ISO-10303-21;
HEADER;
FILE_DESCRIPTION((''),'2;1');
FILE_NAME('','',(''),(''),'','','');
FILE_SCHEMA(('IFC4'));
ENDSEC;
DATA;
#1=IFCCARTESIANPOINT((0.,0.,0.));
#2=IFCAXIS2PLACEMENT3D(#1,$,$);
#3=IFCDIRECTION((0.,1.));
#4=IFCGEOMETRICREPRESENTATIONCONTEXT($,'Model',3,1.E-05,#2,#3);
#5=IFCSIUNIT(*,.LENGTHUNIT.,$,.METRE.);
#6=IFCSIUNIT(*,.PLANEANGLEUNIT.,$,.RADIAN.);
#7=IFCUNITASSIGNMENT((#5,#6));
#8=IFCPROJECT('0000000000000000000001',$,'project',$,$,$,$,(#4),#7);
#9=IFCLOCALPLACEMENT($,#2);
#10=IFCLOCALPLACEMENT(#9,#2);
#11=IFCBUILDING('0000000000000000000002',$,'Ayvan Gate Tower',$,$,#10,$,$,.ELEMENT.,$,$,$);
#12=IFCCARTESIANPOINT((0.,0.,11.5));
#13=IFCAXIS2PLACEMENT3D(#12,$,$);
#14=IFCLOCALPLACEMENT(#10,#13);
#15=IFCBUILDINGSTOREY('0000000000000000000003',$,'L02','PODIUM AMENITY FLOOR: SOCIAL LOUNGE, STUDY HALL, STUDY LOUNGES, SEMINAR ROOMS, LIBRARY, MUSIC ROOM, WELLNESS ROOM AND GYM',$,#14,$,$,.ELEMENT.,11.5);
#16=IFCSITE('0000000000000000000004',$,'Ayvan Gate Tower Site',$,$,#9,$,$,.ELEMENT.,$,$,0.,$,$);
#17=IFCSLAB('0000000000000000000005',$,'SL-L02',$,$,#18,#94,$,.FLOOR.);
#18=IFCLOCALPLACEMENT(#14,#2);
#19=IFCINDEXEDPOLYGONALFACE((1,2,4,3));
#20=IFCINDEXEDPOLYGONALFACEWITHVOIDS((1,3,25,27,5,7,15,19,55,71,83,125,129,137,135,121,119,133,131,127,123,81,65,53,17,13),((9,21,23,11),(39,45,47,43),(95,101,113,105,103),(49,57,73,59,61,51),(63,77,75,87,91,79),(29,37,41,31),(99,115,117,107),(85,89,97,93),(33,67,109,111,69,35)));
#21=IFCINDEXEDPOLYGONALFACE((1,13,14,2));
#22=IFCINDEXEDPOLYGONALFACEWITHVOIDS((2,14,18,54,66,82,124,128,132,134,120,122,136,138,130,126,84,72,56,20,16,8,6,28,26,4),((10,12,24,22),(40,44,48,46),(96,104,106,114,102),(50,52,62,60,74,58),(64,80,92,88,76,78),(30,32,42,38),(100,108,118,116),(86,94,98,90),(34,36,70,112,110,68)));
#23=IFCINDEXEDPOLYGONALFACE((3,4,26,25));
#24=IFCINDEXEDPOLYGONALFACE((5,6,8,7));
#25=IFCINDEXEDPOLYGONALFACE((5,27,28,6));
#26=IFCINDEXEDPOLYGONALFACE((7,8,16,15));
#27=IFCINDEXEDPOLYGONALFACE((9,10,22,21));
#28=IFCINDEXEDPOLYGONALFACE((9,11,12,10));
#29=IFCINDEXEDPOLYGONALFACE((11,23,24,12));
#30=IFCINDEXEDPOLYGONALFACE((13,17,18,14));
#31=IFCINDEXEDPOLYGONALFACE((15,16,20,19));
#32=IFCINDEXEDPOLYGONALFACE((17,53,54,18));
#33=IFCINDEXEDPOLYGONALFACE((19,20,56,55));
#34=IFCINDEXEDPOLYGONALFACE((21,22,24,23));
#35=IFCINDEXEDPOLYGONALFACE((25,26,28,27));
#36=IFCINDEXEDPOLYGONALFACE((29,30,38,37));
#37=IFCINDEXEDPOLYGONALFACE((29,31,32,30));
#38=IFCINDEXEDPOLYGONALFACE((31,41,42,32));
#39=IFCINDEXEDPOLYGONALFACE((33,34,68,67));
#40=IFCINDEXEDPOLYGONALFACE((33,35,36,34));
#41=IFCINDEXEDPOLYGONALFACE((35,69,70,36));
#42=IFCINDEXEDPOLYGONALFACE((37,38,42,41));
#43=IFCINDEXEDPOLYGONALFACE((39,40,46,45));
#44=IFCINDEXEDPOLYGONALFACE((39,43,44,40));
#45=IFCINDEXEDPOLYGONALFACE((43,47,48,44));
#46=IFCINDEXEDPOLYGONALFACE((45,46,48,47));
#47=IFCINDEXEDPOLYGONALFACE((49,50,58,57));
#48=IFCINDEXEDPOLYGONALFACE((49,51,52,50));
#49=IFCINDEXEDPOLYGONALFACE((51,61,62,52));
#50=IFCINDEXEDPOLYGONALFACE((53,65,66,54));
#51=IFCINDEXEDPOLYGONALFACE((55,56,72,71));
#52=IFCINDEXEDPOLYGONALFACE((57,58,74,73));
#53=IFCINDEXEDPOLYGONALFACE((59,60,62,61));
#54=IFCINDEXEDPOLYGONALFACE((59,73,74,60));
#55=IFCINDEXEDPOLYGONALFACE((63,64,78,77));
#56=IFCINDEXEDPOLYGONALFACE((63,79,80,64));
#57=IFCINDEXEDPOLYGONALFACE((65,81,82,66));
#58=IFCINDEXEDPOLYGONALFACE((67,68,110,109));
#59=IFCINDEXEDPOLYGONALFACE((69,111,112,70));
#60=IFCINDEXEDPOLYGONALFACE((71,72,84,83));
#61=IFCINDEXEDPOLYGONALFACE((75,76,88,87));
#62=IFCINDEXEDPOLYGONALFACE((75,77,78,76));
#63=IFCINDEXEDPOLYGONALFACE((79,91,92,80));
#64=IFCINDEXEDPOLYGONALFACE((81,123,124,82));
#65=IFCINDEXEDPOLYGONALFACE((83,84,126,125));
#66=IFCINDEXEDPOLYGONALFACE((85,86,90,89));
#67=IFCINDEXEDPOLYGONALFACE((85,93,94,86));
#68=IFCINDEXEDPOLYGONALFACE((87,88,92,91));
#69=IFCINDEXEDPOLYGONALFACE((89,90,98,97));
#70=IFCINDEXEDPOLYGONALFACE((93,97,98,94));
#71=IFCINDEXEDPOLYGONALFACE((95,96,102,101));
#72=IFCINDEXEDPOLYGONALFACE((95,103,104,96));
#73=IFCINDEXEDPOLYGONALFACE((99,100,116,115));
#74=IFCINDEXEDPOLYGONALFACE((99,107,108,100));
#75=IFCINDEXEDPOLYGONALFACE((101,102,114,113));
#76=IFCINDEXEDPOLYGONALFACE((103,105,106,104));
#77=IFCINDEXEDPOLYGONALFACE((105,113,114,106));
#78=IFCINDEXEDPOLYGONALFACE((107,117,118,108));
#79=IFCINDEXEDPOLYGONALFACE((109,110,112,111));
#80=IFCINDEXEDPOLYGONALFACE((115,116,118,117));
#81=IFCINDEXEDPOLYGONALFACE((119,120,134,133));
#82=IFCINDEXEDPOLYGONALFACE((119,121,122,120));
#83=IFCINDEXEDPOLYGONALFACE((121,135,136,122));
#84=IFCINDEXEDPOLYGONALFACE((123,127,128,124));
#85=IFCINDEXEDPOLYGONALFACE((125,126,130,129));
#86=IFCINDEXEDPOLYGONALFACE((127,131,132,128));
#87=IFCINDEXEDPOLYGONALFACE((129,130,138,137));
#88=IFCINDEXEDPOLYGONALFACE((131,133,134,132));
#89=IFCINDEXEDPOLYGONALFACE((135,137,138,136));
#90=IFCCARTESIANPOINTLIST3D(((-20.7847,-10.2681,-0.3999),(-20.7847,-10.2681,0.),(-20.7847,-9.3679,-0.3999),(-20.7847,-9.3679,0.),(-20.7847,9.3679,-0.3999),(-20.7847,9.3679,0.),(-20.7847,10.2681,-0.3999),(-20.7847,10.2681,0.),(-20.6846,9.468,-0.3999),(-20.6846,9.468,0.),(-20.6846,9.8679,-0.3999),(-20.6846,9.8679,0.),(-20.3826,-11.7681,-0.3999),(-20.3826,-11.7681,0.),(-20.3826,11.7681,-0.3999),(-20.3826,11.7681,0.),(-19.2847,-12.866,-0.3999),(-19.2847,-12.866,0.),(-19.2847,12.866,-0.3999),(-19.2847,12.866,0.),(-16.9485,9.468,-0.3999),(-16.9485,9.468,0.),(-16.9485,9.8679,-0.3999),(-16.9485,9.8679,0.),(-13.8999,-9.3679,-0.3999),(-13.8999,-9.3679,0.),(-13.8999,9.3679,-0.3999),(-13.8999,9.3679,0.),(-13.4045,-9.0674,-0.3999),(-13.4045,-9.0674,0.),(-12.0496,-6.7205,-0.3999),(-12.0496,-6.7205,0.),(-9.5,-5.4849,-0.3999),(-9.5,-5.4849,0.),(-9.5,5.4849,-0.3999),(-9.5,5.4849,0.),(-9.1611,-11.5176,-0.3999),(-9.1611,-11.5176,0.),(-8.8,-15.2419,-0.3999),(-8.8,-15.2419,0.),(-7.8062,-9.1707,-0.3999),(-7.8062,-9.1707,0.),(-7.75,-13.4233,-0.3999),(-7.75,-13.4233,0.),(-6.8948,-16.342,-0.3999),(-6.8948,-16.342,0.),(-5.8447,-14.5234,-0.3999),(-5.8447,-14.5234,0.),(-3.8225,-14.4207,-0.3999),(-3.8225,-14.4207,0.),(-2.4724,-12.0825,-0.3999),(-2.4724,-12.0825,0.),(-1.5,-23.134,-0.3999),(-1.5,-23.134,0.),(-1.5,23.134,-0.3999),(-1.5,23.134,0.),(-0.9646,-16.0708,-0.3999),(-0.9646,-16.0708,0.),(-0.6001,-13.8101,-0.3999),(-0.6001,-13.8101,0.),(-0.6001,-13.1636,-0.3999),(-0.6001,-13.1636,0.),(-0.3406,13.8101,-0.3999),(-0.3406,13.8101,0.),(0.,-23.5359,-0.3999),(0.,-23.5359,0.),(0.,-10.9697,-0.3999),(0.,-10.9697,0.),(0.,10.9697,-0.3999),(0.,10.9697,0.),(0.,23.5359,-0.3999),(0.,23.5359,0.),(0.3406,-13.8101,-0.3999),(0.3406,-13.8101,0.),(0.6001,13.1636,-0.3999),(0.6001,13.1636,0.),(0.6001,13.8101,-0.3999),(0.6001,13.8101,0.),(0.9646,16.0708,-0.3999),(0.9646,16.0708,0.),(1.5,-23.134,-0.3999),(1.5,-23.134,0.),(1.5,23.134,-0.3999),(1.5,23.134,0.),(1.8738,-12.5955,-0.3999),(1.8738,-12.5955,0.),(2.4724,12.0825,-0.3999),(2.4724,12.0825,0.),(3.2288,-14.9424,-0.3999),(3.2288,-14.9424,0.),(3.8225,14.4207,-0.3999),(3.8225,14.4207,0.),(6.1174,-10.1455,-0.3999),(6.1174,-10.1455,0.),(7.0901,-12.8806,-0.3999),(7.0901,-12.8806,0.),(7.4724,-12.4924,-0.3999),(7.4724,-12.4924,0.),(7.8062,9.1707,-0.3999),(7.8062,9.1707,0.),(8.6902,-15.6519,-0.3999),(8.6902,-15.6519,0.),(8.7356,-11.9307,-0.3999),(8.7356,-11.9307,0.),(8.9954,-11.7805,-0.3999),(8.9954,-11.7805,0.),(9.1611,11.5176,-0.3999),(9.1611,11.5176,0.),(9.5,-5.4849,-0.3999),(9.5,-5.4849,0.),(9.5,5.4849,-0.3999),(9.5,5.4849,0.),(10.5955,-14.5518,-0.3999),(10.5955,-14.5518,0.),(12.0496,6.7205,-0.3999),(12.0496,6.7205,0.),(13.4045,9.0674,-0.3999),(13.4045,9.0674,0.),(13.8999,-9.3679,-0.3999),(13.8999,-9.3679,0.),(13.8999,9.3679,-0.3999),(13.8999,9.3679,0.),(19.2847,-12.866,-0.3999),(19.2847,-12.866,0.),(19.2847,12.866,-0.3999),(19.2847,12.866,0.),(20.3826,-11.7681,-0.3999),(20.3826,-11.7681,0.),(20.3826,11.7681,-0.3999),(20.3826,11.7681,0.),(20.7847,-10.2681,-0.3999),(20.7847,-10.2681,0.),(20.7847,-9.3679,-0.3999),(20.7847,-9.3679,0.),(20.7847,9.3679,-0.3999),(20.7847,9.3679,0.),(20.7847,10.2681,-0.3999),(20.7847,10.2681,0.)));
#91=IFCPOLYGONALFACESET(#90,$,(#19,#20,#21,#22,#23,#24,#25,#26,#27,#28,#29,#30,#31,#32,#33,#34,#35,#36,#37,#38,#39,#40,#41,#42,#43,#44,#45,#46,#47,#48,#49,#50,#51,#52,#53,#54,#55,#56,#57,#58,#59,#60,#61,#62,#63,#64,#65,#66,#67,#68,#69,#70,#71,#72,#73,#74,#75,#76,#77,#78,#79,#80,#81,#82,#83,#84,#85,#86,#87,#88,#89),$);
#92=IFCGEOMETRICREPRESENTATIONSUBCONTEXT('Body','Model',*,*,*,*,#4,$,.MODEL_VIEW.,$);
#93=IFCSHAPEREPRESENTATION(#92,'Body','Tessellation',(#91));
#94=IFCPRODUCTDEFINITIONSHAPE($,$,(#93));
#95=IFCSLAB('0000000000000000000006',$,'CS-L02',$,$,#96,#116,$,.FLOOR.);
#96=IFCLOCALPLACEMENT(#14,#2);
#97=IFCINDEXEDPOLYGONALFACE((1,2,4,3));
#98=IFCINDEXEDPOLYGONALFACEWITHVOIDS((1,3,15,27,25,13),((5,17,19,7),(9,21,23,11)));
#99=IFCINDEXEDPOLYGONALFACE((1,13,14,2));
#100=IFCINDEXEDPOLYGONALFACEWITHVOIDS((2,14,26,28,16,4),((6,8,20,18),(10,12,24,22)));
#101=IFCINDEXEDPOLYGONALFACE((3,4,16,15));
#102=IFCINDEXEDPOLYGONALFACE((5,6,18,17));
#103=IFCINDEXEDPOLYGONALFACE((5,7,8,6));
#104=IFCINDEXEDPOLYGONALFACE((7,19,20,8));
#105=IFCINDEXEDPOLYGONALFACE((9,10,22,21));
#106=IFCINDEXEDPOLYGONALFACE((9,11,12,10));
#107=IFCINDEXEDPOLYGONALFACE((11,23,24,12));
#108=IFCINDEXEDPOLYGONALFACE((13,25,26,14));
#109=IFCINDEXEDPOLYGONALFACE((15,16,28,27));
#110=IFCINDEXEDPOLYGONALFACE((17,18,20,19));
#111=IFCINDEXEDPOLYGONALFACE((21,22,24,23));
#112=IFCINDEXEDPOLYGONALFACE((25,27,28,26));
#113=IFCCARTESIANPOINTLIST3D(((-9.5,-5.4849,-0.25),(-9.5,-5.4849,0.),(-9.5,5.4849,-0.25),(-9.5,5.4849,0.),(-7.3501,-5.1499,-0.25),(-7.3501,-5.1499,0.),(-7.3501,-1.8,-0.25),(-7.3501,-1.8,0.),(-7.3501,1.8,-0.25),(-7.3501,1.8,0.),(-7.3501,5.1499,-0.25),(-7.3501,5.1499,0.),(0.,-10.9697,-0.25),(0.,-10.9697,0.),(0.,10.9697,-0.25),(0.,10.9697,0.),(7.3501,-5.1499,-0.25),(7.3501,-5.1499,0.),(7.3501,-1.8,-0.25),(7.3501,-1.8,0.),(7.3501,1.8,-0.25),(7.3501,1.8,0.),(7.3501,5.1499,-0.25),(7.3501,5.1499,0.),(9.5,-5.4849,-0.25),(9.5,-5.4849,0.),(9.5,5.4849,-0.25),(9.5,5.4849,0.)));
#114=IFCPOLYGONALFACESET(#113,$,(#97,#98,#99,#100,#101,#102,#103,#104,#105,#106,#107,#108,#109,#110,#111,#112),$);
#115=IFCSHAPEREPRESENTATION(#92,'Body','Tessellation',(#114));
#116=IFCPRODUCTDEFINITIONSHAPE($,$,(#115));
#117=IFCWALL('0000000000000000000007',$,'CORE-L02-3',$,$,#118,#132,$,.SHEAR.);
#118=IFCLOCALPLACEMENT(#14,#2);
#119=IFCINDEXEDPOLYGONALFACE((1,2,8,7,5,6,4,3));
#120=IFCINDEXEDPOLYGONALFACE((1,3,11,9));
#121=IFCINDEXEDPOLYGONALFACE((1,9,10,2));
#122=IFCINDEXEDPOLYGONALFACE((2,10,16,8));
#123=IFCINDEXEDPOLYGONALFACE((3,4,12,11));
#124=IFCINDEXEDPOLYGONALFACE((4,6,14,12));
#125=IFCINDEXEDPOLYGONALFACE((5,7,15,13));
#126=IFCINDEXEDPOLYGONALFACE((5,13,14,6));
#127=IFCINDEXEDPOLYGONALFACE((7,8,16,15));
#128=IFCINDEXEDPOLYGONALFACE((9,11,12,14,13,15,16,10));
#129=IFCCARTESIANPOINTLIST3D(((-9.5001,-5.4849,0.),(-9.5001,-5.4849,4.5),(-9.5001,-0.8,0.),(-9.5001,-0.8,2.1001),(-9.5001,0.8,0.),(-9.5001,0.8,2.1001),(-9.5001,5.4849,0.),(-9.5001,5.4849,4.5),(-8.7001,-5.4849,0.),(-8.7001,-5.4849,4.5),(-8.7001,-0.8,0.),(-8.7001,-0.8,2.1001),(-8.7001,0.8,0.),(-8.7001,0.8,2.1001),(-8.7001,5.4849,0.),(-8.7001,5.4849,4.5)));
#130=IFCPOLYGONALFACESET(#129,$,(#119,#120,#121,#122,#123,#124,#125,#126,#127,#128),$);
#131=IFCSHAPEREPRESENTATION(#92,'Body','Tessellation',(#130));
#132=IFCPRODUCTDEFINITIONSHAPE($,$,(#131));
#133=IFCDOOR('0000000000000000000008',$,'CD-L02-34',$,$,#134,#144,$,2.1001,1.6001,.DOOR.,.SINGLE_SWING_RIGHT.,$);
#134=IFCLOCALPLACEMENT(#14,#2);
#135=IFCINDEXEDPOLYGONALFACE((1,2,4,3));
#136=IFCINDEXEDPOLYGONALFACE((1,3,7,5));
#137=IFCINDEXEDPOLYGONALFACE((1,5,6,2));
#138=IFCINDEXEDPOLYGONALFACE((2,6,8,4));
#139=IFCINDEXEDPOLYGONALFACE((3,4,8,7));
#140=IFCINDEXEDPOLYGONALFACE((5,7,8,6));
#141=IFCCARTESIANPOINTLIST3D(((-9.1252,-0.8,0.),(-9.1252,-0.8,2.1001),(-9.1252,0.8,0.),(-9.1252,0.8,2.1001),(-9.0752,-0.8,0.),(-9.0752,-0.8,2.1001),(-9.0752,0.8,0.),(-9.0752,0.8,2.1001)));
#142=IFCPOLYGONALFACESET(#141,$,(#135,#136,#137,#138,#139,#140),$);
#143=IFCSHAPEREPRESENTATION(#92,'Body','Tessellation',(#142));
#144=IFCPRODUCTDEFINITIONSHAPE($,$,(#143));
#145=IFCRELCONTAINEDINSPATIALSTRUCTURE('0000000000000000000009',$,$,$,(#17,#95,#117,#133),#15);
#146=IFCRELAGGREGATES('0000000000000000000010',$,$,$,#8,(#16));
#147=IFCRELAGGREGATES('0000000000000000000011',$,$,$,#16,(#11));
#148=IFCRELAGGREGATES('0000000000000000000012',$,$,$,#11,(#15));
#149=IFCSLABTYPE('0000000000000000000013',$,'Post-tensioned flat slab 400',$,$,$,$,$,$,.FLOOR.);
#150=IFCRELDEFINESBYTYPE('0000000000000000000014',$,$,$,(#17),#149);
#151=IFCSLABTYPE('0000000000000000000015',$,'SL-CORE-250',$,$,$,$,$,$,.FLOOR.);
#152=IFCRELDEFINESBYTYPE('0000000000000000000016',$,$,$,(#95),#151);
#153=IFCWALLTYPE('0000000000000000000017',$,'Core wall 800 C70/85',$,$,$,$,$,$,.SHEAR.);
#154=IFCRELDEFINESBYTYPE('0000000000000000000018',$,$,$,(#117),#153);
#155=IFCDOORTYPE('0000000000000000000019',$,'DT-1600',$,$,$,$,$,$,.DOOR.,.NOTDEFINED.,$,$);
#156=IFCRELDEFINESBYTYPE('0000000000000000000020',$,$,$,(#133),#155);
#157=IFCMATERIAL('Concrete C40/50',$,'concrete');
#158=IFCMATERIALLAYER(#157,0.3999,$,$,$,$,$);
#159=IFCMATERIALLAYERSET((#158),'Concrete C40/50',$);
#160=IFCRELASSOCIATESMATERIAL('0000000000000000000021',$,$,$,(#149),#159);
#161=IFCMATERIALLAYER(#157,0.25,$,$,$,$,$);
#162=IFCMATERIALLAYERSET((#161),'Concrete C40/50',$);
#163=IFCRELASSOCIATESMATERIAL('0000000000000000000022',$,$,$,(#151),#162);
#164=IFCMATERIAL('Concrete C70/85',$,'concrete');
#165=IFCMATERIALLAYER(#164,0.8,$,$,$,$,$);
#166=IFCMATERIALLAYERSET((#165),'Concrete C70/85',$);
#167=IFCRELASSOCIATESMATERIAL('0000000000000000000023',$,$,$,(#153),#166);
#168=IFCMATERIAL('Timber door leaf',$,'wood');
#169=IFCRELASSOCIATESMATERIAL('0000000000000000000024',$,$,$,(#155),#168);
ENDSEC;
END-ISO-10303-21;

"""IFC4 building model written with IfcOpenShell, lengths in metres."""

from ifc_helpers import new_model, si_unit, direction, frame, frame_2d, origin, place, context, subcontext, project, spatial, polyline, rectangle, outline, extrude, material, layer, layer_set, type_object, element, fill, save


model = new_model("IFC4")

# Units and contexts
model_context = context("Model", 3, precision=1e-05, world=origin(), true_north=direction((0.0, 1.0)))
body_context = subcontext(model_context, "Body", "Model", "MODEL_VIEW")
ifc_project = project(units=[si_unit("LENGTHUNIT", "METRE"), si_unit("PLANEANGLEUNIT", "RADIAN")], contexts=[model_context])

# Site, building, storey
site_placement = place(None, origin())
site = spatial("IfcSite", under=ifc_project, at=site_placement, Name="Ayvan Gate Tower Site", CompositionType="ELEMENT", RefElevation=0.0)
building_placement = place(site_placement, origin())
building = spatial("IfcBuilding", under=site, at=building_placement, Name="Ayvan Gate Tower", CompositionType="ELEMENT")
storey_placement = place(building_placement, frame((0.0, 0.0, 11.5)))
storey = spatial("IfcBuildingStorey", under=building, at=storey_placement, Name="L02", Description="PODIUM AMENITY FLOOR: SOCIAL LOUNGE, STUDY HALL, STUDY LOUNGES, SEMINAR ROOMS, LIBRARY, MUSIC ROOM, WELLNESS ROOM AND GYM", CompositionType="ELEMENT", Elevation=11.5)

# Slabs
ifc_material_1 = material(Name="Concrete C40/50", Category="concrete")
ifc_layer_1 = layer(ifc_material_1, 0.3999)
ifc_layer_set_1 = layer_set([ifc_layer_1], Name="Concrete C40/50")
slab_type_1 = type_object("IfcSlabType", Name="Post-tensioned flat slab 400", PredefinedType="FLOOR", material=ifc_layer_set_1)
slab_1_placement = place(storey_placement, frame((0.0, 0.0, -0.3999)))
element("IfcSlab", 1, at=slab_1_placement, inside=storey, type_object=slab_type_1, Name="SL-L02", PredefinedType="FLOOR", context=body_context, shape_type="SweptSolid", body=[
    extrude(outline(polyline([(0.0, -23.5359), (-1.5, -23.134), (-19.2847, -12.866), (-20.3826, -11.7681), (-20.7847, -10.2681), (-20.7847, 0.0), (-20.7847, -9.3679), (-13.8999, -9.3679), (-13.8999, 9.3679), (-20.7847, 9.3679), (-20.7847, 10.2681), (-20.3826, 11.7681), (-19.2847, 12.866), (-1.5, 23.134), (0.0, 23.5359), (1.5, 23.134), (19.2847, 12.866), (20.3826, 11.7681), (20.7847, 10.2681), (20.7847, 9.3679), (13.8999, 9.3679), (13.8999, -9.3679), (20.7847, -9.3679), (20.7847, -10.2681), (20.3826, -11.7681), (19.2847, -12.866), (1.5, -23.134), (0.0, -23.5359)]), holes=[polyline([(7.8062, 9.1707), (12.0496, 6.7205), (13.4045, 9.0674), (9.1611, 11.5176), (7.8062, 9.1707)]), polyline([(8.9954, -11.7805), (8.7356, -11.9307), (7.0901, -12.8806), (8.6902, -15.6519), (10.5955, -14.5518), (8.9954, -11.7805)]), polyline([(9.5, -5.4849), (9.5, 5.4849), (0.0, 10.9697), (-9.5, 5.4849), (-9.5, -5.4849), (0.0, -10.9697), (9.5, -5.4849)]), polyline([(6.1174, -10.1455), (1.8738, -12.5955), (3.2288, -14.9424), (7.4724, -12.4924), (6.1174, -10.1455)]), polyline([(0.9646, 16.0708), (-0.3406, 13.8101), (0.6001, 13.8101), (0.6001, 13.1636), (2.4724, 12.0825), (3.8225, 14.4207), (0.9646, 16.0708)]), polyline([(-0.6001, -13.1636), (-2.4724, -12.0825), (-3.8225, -14.4207), (-0.9646, -16.0708), (0.3406, -13.8101), (-0.6001, -13.8101), (-0.6001, -13.1636)]), polyline([(-6.8948, -16.342), (-5.8447, -14.5234), (-7.75, -13.4233), (-8.8, -15.2419), (-6.8948, -16.342)]), polyline([(-13.4045, -9.0674), (-9.1611, -11.5176), (-7.8062, -9.1707), (-12.0496, -6.7205), (-13.4045, -9.0674)]), polyline([(-20.6846, 9.468), (-16.9485, 9.468), (-16.9485, 9.8679), (-20.6846, 9.8679), (-20.6846, 9.468)])]), origin(), (0.0, 0.0, 1.0), 0.3999),
])
ifc_layer_2 = layer(ifc_material_1, 0.25)
ifc_layer_set_2 = layer_set([ifc_layer_2], Name="Concrete C40/50")
slab_type_2 = type_object("IfcSlabType", Name="SL-CORE-250", PredefinedType="FLOOR", material=ifc_layer_set_2)
slab_2_placement = place(storey_placement, frame((0.0, 0.0, -0.25)))
element("IfcSlab", 2, at=slab_2_placement, inside=storey, type_object=slab_type_2, Name="CS-L02", PredefinedType="FLOOR", context=body_context, shape_type="SweptSolid", body=[
    extrude(outline(polyline([(9.5, -5.4849), (0.0, -10.9697), (-9.5, -5.4849), (-9.5, 5.4849), (0.0, 10.9697), (9.5, 5.4849), (9.5, -5.4849)]), holes=[polyline([(-7.3501, -1.8), (-7.3501, -5.1499), (7.3501, -5.1499), (7.3501, -1.8), (-7.3501, -1.8)]), polyline([(-7.3501, 5.1499), (-7.3501, 1.8), (7.3501, 1.8), (7.3501, 5.1499), (-7.3501, 5.1499)])]), origin(), (0.0, 0.0, 1.0), 0.25),
])

# Wall, opening, door
ifc_material_2 = material(Name="Concrete C70/85", Category="concrete")
ifc_layer_3 = layer(ifc_material_2, 0.8)
ifc_layer_set_3 = layer_set([ifc_layer_3], Name="Concrete C70/85")
wall_type_1 = type_object("IfcWallType", Name="Core wall 800 C70/85", PredefinedType="SHEAR", material=ifc_layer_set_3)
wall_1_placement = place(storey_placement, frame((-9.1001, 5.4849, 0.0), z_axis=(0.0, 0.0, 1.0), x_axis=(0.0, -1.0, 0.0)))
wall_1 = element("IfcWall", 3, at=wall_1_placement, inside=storey, type_object=wall_type_1, Name="CORE-L02-3", PredefinedType="SHEAR", context=body_context, shape_type="SweptSolid", body=[
    extrude(rectangle(XDim=10.9697, YDim=0.8, at=frame_2d((5.4849, 0.0))), origin(), (0.0, 0.0, 1.0), 4.5),
])
opening_1_placement = place(wall_1_placement, frame((4.6848, 0.0, 0.0)))
opening_1 = element("IfcOpeningElement", 4, at=opening_1_placement, cuts=wall_1, PredefinedType="OPENING", context=body_context, shape_type="SweptSolid", body=[
    extrude(rectangle(XDim=1.6001, YDim=2.1001, at=frame_2d((0.8, 1.05))), frame((0.0, 0.4099, 0.0), z_axis=(0.0, -1.0, 0.0), x_axis=(1.0, 0.0, 0.0)), (0.0, 0.0, 1.0), 0.8201),
])
ifc_material_3 = material(Name="Timber door leaf", Category="wood")
door_type_1 = type_object("IfcDoorType", Name="DT-1600", OperationType="NOTDEFINED", PredefinedType="DOOR", material=ifc_material_3)
door_1_placement = place(opening_1_placement, origin())
door_1 = element("IfcDoor", 5, at=door_1_placement, inside=storey, type_object=door_type_1, Name="CD-L02-34", OperationType="SINGLE_SWING_RIGHT", OverallHeight=2.1001, OverallWidth=1.6001, PredefinedType="DOOR", context=body_context, shape_type="SweptSolid", body=[
    extrude(rectangle(XDim=1.6001, YDim=2.1001, at=frame_2d((0.8, 1.05))), frame((0.0, 0.0249, 0.0), z_axis=(0.0, -1.0, 0.0), x_axis=(1.0, 0.0, 0.0)), (0.0, 0.0, 1.0), 0.05),
])
fill(opening_1, door_1)

save(model, "model.ifc")
